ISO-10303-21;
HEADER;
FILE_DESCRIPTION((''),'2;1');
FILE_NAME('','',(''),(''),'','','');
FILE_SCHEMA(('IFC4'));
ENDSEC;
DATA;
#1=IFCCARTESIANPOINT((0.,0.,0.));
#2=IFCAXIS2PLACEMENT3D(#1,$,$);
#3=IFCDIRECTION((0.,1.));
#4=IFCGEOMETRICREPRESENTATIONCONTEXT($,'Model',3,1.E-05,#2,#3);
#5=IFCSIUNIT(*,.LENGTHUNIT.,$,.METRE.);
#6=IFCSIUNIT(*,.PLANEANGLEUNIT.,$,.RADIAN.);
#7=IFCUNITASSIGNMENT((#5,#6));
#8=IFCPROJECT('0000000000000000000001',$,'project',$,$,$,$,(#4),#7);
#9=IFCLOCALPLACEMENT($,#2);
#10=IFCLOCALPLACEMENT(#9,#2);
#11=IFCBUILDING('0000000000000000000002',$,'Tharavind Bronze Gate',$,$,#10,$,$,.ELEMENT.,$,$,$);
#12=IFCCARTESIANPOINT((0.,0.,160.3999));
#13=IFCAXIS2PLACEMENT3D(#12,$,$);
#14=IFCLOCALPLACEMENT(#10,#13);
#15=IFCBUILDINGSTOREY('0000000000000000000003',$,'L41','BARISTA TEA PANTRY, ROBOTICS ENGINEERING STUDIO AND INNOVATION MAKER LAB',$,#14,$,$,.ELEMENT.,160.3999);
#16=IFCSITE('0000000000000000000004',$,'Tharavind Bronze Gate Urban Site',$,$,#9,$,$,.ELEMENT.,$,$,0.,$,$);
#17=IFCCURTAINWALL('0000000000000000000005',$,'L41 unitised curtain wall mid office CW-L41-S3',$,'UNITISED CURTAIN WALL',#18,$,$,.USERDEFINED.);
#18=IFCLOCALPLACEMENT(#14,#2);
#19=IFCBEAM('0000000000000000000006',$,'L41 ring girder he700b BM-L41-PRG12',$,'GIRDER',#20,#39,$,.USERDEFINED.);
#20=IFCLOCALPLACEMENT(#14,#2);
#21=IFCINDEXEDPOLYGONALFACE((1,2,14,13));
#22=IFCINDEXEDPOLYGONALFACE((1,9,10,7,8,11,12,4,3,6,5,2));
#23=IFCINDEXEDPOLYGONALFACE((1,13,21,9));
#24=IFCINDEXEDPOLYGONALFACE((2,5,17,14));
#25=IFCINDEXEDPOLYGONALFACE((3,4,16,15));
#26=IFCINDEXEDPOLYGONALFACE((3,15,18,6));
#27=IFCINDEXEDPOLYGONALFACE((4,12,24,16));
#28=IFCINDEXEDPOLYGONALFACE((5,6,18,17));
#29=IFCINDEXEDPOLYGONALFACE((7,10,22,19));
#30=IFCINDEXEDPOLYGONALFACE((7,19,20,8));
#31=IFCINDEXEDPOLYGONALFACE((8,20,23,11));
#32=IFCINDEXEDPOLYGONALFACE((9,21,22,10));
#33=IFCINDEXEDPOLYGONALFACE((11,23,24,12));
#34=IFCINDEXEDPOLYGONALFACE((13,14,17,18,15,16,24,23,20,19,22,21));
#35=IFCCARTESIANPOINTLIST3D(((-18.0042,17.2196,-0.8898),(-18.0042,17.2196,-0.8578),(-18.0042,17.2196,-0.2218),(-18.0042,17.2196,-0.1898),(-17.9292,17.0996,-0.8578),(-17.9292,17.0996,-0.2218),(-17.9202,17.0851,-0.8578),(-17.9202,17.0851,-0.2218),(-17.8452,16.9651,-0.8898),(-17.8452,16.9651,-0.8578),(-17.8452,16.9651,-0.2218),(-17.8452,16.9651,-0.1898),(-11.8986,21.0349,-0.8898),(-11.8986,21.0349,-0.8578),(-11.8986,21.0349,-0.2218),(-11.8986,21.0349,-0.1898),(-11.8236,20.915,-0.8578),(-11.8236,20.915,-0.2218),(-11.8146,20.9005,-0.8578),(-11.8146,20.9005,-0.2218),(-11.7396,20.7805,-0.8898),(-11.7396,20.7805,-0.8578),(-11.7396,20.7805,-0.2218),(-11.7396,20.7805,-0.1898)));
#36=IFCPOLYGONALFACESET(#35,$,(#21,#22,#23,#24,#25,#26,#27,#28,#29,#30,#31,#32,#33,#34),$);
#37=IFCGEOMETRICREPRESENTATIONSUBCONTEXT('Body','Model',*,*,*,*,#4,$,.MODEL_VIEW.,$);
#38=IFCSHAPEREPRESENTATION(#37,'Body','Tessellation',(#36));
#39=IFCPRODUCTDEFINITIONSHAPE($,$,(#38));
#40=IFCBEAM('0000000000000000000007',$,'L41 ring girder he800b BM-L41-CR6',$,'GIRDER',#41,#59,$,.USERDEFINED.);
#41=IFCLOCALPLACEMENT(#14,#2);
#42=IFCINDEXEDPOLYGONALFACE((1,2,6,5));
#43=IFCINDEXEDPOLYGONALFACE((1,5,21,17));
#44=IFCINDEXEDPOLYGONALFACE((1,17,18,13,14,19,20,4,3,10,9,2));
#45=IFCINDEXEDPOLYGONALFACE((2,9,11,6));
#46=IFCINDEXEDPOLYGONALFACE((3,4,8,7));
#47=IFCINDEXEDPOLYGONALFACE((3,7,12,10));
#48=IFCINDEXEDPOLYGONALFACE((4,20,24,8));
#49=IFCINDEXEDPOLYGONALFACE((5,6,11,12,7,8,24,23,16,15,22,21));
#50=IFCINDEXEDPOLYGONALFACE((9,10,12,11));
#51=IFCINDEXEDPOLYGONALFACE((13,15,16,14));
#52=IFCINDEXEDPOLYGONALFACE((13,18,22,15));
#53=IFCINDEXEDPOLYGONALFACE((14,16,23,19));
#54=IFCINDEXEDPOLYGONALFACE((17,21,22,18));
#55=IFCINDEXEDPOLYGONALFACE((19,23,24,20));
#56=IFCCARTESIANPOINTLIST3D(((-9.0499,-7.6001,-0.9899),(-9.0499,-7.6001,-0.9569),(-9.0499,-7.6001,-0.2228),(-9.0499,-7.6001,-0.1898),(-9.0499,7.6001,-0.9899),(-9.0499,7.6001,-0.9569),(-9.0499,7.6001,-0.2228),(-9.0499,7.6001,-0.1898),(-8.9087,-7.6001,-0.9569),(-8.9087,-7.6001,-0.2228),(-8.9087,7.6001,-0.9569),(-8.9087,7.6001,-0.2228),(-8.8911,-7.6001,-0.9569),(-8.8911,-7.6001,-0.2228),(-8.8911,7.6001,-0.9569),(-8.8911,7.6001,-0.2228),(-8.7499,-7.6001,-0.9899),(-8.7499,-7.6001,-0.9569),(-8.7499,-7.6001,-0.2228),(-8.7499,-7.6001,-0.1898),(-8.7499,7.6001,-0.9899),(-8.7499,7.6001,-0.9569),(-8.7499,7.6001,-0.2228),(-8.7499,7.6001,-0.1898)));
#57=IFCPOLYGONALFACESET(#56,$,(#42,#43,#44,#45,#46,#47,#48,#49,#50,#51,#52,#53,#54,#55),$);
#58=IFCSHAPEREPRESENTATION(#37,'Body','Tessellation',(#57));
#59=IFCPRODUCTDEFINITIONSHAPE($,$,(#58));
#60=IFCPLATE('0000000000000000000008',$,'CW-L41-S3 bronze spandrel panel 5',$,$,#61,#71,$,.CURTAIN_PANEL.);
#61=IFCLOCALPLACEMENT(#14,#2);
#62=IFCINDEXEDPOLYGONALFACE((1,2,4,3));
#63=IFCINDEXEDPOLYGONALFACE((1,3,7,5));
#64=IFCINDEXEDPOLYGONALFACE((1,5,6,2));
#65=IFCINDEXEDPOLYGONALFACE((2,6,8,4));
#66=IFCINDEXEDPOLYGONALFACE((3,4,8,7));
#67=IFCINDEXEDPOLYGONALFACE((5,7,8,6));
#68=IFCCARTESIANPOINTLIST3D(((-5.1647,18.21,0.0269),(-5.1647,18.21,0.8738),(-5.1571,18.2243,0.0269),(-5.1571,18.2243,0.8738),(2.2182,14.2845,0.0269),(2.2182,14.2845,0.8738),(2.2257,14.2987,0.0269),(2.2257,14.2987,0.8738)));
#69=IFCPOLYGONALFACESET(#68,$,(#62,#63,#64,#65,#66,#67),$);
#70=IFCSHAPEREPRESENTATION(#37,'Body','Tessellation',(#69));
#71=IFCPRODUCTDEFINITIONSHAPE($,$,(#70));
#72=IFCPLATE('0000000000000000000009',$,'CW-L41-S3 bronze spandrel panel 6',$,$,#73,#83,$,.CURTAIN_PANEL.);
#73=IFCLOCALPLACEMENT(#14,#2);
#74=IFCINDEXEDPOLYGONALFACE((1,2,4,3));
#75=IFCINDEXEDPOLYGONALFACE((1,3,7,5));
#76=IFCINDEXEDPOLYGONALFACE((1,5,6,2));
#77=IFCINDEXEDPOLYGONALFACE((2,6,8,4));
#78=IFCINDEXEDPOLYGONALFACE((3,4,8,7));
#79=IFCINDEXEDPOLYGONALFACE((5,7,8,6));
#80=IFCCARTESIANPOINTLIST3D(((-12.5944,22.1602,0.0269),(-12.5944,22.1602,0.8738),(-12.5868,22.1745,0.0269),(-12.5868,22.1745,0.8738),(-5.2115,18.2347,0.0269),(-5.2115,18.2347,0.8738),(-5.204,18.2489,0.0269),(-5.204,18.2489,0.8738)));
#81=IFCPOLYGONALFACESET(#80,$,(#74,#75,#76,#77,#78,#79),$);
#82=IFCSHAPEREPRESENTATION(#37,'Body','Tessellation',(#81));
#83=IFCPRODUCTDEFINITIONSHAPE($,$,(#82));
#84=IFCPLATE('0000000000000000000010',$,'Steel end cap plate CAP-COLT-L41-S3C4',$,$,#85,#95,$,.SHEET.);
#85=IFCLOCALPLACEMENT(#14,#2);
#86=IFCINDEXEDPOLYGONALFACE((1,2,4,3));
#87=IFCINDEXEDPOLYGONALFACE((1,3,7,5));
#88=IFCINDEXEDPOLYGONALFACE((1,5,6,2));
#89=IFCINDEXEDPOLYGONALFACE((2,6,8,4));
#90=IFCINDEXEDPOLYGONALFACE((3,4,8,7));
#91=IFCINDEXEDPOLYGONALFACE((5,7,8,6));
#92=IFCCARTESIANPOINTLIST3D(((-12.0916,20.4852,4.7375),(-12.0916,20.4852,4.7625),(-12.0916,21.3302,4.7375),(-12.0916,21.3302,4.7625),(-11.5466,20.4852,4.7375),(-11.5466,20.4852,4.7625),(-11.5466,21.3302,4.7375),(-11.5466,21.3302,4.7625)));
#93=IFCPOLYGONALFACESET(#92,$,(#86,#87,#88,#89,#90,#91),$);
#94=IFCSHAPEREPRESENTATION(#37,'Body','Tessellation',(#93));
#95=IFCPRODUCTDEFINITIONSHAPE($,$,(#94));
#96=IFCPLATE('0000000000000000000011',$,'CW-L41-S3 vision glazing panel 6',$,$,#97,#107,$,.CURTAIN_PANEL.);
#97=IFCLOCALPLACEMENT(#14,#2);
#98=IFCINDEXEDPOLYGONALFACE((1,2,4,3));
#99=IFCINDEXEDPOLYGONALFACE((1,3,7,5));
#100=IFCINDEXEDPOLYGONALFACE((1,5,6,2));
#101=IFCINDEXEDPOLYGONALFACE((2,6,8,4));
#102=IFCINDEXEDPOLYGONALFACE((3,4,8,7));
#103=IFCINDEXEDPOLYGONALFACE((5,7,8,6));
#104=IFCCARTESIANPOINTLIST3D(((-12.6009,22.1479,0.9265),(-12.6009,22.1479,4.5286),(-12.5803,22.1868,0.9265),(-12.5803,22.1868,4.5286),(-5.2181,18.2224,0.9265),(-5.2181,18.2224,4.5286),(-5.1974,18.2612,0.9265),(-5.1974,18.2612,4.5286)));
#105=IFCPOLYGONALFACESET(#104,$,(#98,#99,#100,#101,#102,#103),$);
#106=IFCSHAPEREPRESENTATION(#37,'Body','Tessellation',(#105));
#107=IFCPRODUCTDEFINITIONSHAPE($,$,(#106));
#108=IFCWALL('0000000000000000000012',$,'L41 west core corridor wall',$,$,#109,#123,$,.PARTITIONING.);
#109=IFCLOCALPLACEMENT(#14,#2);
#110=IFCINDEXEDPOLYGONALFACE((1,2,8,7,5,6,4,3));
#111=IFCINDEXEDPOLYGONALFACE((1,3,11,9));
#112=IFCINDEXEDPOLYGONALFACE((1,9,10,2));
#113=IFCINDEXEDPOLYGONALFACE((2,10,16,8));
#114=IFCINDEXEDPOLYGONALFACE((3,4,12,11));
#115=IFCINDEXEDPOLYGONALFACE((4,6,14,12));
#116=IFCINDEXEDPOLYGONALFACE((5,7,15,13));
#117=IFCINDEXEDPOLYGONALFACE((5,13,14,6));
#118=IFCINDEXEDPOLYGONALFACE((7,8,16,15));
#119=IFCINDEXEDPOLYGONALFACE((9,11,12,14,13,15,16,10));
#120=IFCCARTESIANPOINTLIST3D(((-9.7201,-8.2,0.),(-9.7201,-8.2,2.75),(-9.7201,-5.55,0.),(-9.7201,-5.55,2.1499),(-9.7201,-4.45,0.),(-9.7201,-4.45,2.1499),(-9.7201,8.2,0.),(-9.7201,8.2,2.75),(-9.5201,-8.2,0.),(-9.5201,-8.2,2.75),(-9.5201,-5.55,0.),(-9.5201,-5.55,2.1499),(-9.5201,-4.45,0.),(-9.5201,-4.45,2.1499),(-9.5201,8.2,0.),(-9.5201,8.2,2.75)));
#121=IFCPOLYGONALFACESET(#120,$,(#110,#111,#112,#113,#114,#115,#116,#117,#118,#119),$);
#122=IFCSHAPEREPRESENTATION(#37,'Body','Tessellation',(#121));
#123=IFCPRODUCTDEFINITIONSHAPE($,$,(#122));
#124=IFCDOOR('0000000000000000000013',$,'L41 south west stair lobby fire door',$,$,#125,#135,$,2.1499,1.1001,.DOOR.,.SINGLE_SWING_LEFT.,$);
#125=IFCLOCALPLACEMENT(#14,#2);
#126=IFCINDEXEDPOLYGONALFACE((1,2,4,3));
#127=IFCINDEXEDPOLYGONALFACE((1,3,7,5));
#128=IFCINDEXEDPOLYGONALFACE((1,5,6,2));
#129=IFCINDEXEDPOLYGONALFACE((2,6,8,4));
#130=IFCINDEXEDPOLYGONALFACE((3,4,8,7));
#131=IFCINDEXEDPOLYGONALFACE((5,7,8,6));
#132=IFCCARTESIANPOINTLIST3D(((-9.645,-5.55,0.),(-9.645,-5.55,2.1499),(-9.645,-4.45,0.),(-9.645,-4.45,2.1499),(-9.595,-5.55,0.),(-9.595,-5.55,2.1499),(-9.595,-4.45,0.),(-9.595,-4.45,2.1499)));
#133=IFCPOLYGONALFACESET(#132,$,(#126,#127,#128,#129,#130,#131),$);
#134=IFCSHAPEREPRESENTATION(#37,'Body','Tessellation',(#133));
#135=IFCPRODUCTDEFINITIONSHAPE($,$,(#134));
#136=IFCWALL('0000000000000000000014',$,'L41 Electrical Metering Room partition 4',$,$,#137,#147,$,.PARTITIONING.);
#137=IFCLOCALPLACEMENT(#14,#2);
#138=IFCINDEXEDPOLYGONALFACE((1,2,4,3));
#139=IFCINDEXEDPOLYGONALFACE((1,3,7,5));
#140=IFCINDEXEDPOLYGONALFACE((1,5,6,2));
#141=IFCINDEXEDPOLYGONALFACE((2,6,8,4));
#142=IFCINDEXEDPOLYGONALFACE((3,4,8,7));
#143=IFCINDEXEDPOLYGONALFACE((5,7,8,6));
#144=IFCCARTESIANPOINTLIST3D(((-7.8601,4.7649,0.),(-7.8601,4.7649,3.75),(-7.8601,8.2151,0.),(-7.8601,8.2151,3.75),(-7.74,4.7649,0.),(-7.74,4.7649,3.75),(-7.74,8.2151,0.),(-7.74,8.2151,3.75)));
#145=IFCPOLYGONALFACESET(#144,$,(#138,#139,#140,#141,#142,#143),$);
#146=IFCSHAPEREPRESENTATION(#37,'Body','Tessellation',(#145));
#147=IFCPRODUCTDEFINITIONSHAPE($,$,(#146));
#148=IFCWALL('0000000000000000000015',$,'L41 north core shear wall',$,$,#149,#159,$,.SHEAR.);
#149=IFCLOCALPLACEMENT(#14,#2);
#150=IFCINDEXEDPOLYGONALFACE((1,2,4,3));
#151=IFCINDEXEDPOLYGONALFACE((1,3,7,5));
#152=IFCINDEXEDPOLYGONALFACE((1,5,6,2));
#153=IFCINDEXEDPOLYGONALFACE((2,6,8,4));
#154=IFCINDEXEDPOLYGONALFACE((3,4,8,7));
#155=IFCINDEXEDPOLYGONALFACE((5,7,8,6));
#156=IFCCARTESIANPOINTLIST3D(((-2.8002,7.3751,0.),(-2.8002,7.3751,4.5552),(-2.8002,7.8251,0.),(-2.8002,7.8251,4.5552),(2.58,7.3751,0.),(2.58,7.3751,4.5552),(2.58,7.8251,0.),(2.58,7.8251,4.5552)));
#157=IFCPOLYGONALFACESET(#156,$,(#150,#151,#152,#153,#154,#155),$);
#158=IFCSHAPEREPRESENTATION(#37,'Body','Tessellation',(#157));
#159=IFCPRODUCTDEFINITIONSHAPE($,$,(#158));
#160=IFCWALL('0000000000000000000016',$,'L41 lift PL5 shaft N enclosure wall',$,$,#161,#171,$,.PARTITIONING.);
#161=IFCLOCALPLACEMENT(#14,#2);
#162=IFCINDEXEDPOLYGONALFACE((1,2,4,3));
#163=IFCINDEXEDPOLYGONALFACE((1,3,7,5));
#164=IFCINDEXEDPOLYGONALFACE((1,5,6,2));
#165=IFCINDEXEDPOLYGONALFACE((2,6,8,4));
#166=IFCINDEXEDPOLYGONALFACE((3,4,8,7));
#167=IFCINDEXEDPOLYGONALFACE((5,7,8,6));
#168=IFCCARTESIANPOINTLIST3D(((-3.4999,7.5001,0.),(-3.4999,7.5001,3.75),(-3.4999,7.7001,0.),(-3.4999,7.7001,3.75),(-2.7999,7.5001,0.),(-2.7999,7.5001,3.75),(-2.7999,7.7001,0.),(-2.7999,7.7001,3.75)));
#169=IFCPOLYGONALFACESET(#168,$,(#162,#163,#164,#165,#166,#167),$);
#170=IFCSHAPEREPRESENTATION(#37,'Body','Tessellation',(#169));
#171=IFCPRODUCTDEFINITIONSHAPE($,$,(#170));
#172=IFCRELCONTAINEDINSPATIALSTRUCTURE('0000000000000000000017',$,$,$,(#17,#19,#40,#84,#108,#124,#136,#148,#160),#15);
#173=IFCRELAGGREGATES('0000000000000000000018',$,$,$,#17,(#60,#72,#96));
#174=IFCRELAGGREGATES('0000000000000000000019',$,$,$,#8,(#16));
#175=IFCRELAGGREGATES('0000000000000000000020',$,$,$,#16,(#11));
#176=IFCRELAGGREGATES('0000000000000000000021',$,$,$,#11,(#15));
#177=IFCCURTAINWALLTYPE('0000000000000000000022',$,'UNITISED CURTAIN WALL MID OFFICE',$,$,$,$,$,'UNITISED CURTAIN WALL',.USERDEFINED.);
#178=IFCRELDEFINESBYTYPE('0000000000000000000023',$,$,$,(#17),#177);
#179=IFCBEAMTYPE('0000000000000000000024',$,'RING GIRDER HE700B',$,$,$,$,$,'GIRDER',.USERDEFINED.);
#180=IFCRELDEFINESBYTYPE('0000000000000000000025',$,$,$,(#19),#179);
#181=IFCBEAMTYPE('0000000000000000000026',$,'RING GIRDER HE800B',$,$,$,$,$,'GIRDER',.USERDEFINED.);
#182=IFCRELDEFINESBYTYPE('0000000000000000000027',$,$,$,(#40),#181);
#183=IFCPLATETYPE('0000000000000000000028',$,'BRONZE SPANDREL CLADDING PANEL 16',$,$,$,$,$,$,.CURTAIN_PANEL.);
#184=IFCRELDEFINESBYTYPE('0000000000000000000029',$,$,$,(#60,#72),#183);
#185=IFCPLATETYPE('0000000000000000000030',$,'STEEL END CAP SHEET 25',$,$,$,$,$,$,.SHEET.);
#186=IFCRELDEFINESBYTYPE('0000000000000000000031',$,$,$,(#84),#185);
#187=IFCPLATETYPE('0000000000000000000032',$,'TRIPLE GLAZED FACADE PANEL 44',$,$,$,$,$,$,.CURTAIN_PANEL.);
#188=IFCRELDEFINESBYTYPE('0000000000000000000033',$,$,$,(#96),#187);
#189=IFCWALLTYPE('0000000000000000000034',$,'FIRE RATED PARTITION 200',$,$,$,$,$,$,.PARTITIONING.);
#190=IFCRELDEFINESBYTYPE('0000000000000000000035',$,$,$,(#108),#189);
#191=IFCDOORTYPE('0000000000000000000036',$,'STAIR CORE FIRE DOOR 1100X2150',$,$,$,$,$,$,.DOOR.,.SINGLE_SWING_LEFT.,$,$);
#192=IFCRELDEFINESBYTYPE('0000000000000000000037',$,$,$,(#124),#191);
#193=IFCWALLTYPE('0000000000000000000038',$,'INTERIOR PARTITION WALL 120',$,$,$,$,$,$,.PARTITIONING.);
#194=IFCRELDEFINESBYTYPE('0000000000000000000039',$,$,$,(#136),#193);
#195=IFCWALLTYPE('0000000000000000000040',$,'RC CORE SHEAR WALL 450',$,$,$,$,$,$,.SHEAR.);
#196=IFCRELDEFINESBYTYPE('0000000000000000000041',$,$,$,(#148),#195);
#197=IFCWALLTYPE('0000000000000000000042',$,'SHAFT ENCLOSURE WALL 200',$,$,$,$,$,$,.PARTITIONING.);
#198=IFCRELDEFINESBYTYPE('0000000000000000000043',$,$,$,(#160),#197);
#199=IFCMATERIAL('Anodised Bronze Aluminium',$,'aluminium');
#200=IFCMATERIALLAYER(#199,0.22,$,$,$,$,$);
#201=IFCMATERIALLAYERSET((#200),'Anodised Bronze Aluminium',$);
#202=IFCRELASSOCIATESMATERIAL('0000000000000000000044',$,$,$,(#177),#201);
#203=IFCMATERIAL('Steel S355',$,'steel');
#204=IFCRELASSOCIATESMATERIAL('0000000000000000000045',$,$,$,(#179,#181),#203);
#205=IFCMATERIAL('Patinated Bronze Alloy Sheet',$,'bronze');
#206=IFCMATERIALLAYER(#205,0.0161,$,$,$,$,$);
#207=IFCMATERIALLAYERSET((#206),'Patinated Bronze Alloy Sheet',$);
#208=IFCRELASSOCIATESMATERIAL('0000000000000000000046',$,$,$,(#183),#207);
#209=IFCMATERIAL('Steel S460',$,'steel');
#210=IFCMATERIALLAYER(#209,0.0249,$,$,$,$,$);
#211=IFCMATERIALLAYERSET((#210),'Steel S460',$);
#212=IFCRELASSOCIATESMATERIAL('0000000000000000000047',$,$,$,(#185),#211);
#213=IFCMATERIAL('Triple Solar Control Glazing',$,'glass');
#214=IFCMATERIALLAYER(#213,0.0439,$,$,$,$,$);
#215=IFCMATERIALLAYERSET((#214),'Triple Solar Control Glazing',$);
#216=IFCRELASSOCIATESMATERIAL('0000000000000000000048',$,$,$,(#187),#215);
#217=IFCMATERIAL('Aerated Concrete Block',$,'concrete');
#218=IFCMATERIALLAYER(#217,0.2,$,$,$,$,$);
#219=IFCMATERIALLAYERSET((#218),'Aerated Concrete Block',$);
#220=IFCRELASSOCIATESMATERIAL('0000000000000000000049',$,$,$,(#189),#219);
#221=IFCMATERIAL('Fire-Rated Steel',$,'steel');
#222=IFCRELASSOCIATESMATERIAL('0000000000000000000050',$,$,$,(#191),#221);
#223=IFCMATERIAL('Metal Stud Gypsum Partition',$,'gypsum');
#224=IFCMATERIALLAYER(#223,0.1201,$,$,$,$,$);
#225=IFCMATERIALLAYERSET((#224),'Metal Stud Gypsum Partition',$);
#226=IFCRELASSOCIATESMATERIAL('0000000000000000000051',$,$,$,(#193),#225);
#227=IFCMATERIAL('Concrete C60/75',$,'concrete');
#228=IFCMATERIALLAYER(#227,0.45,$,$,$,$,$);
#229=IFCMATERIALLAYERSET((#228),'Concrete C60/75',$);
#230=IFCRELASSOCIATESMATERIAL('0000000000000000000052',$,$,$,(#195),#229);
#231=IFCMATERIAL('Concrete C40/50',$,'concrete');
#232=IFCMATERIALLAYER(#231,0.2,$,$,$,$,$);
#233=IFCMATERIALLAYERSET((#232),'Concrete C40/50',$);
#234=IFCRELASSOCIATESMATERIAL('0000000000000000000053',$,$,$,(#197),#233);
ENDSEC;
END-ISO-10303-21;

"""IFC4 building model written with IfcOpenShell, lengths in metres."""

from ifc_helpers import new_model, si_unit, direction, frame, frame_2d, origin, origin_2d, place, context, subcontext, project, spatial, rectangle, i_section, extrude, material, layer, layer_set, material_profile, profile_set, type_object, element, fill, aggregate, save


model = new_model("IFC4")

# Units and contexts
model_context = context("Model", 3, precision=1e-05, world=origin(), true_north=direction((0.0, 1.0)))
body_context = subcontext(model_context, "Body", "Model", "MODEL_VIEW")
ifc_project = project(units=[si_unit("LENGTHUNIT", "METRE"), si_unit("PLANEANGLEUNIT", "RADIAN")], contexts=[model_context])

# Site, building, storey
site_placement = place(None, origin())
site = spatial("IfcSite", under=ifc_project, at=site_placement, Name="Tharavind Bronze Gate Urban Site", CompositionType="ELEMENT", RefElevation=0.0)
building_placement = place(site_placement, origin())
building = spatial("IfcBuilding", under=site, at=building_placement, Name="Tharavind Bronze Gate", CompositionType="ELEMENT")
storey_placement = place(building_placement, frame((0.0, 0.0, 160.3999)))
storey = spatial("IfcBuildingStorey", under=building, at=storey_placement, Name="L41", Description="BARISTA TEA PANTRY, ROBOTICS ENGINEERING STUDIO AND INNOVATION MAKER LAB", CompositionType="ELEMENT", Elevation=160.3999)

# Shared definitions
ifc_material_1 = material(Name="Steel S460", Category="steel")
ifc_material_2 = material(Name="Concrete C60/75", Category="concrete")

# Curtain wall
ifc_material_3 = material(Name="Anodised Bronze Aluminium", Category="aluminium")
ifc_layer_1 = layer(ifc_material_3, 0.22)
ifc_layer_set_1 = layer_set([ifc_layer_1], Name="Anodised Bronze Aluminium")
curtain_wall_type = type_object("IfcCurtainWallType", Name="UNITISED CURTAIN WALL MID OFFICE", ElementType="UNITISED CURTAIN WALL", PredefinedType="USERDEFINED", material=ifc_layer_set_1)
curtain_wall_placement = place(storey_placement, origin())
curtain_wall = element("IfcCurtainWall", 1, at=curtain_wall_placement, inside=storey, type_object=curtain_wall_type, Name="L41 unitised curtain wall mid office CW-L41-S3", ObjectType="UNITISED CURTAIN WALL", PredefinedType="USERDEFINED")

# Beams
ifc_material_4 = material(Name="Steel S355", Category="steel")
ifc_material_profile_1 = material_profile(ifc_material_4, i_section(OverallWidth=0.3, OverallDepth=0.7, WebThickness=0.0171, FlangeThickness=0.032, at=origin_2d()), Name="HE700B")
ifc_profile_set_1 = profile_set([ifc_material_profile_1], Name="Steel S355")
beam_type_1 = type_object("IfcBeamType", Name="RING GIRDER HE700B", ElementType="GIRDER", PredefinedType="USERDEFINED", material=ifc_profile_set_1)
beam_1_placement = place(storey_placement, frame((-11.8191, 20.9077, -0.5398), z_axis=(-0.848038, -0.529935, 0.0), x_axis=(0.529935, -0.848038, 0.0)))
element("IfcBeam", 2, at=beam_1_placement, inside=storey, type_object=beam_type_1, Name="L41 ring girder he700b BM-L41-PRG12", ObjectType="GIRDER", PredefinedType="USERDEFINED", context=body_context, shape_type="SweptSolid", body=[
    extrude(i_section(OverallWidth=0.3, OverallDepth=0.7, WebThickness=0.0171, FlangeThickness=0.032, at=origin_2d()), origin(), (0.0, 0.0, 1.0), 7.1997),
])
ifc_material_profile_2 = material_profile(ifc_material_4, i_section(OverallWidth=0.3, OverallDepth=0.8, WebThickness=0.0176, FlangeThickness=0.033, at=origin_2d()), Name="HE800B")
ifc_profile_set_2 = profile_set([ifc_material_profile_2], Name="Steel S355")
beam_type_2 = type_object("IfcBeamType", Name="RING GIRDER HE800B", ElementType="GIRDER", PredefinedType="USERDEFINED", material=ifc_profile_set_2)
beam_2_placement = place(storey_placement, frame((-8.8999, 7.6001, -0.5898), z_axis=(0.0, -1.0, 0.0), x_axis=(1.0, 0.0, 0.0)))
element("IfcBeam", 3, at=beam_2_placement, inside=storey, type_object=beam_type_2, Name="L41 ring girder he800b BM-L41-CR6", ObjectType="GIRDER", PredefinedType="USERDEFINED", context=body_context, shape_type="SweptSolid", body=[
    extrude(i_section(OverallWidth=0.3, OverallDepth=0.8, WebThickness=0.0176, FlangeThickness=0.033, at=origin_2d()), origin(), (0.0, 0.0, 1.0), 15.2002),
])

# Plates
ifc_material_5 = material(Name="Patinated Bronze Alloy Sheet", Category="bronze")
ifc_layer_2 = layer(ifc_material_5, 0.0161)
ifc_layer_set_2 = layer_set([ifc_layer_2], Name="Patinated Bronze Alloy Sheet")
plate_type_1 = type_object("IfcPlateType", Name="BRONZE SPANDREL CLADDING PANEL 16", PredefinedType="CURTAIN_PANEL", material=ifc_layer_set_2)
plate_1_placement = place(storey_placement, frame((-1.4695, 16.2544, 0.0269), z_axis=(0.0, 0.0, 1.0), x_axis=(-0.882948, 0.469472, 0.0)))
plate_1 = element("IfcPlate", 4, at=plate_1_placement, type_object=plate_type_1, Name="CW-L41-S3 bronze spandrel panel 5", PredefinedType="CURTAIN_PANEL", context=body_context, shape_type="SweptSolid", body=[
    extrude(rectangle(XDim=8.3616, YDim=0.0161, at=origin_2d()), origin(), (0.0, 0.0, 1.0), 0.8469),
])
plate_2_placement = place(storey_placement, frame((-8.8992, 20.2046, 0.0269), z_axis=(0.0, 0.0, 1.0), x_axis=(-0.882948, 0.469472, 0.0)))
plate_2 = element("IfcPlate", 5, at=plate_2_placement, type_object=plate_type_1, Name="CW-L41-S3 bronze spandrel panel 6", PredefinedType="CURTAIN_PANEL", context=body_context, shape_type="SweptSolid", body=[
    extrude(rectangle(XDim=8.3616, YDim=0.0161, at=origin_2d()), origin(), (0.0, 0.0, 1.0), 0.8469),
])
ifc_layer_3 = layer(ifc_material_1, 0.0249)
ifc_layer_set_3 = layer_set([ifc_layer_3], Name="Steel S460")
plate_type_2 = type_object("IfcPlateType", Name="STEEL END CAP SHEET 25", PredefinedType="SHEET", material=ifc_layer_set_3)
plate_3_placement = place(storey_placement, frame((-11.8191, 20.9077, 4.7375), z_axis=(0.0, 0.0, 1.0), x_axis=(1.0, 0.0, 0.0)))
element("IfcPlate", 6, at=plate_3_placement, inside=storey, type_object=plate_type_2, Name="Steel end cap plate CAP-COLT-L41-S3C4", PredefinedType="SHEET", context=body_context, shape_type="SweptSolid", body=[
    extrude(rectangle(XDim=0.5449, YDim=0.845, at=origin_2d()), origin(), (0.0, 0.0, 1.0), 0.0249),
])
ifc_material_6 = material(Name="Triple Solar Control Glazing", Category="glass")
ifc_layer_4 = layer(ifc_material_6, 0.0439)
ifc_layer_set_4 = layer_set([ifc_layer_4], Name="Triple Solar Control Glazing")
plate_type_3 = type_object("IfcPlateType", Name="TRIPLE GLAZED FACADE PANEL 44", PredefinedType="CURTAIN_PANEL", material=ifc_layer_set_4)
plate_4_placement = place(storey_placement, frame((-8.8992, 20.2046, 0.9265), z_axis=(0.0, 0.0, 1.0), x_axis=(-0.882948, 0.469472, 0.0)))
plate_4 = element("IfcPlate", 7, at=plate_4_placement, type_object=plate_type_3, Name="CW-L41-S3 vision glazing panel 6", PredefinedType="CURTAIN_PANEL", context=body_context, shape_type="SweptSolid", body=[
    extrude(rectangle(XDim=8.3616, YDim=0.0439, at=origin_2d()), origin(), (0.0, 0.0, 1.0), 3.6021),
])
aggregate(curtain_wall, [plate_1, plate_2, plate_4])

# Wall, opening, door
ifc_material_7 = material(Name="Aerated Concrete Block", Category="concrete")
ifc_layer_5 = layer(ifc_material_7, 0.2)
ifc_layer_set_5 = layer_set([ifc_layer_5], Name="Aerated Concrete Block")
wall_type_1 = type_object("IfcWallType", Name="FIRE RATED PARTITION 200", PredefinedType="PARTITIONING", material=ifc_layer_set_5)
wall_1_placement = place(storey_placement, frame((-9.6201, 8.2, 0.0), z_axis=(0.0, 0.0, 1.0), x_axis=(0.0, -1.0, 0.0)))
wall_1 = element("IfcWall", 8, at=wall_1_placement, inside=storey, type_object=wall_type_1, Name="L41 west core corridor wall", PredefinedType="PARTITIONING", context=body_context, shape_type="SweptSolid", body=[
    extrude(rectangle(XDim=16.3999, YDim=0.2, at=frame_2d((8.2, 0.0))), origin(), (0.0, 0.0, 1.0), 2.75),
])
opening_placement = place(wall_1_placement, frame((12.6499, 0.0, 0.0)))
opening = element("IfcOpeningElement", 9, at=opening_placement, cuts=wall_1, PredefinedType="OPENING", context=body_context, shape_type="SweptSolid", body=[
    extrude(rectangle(XDim=1.1001, YDim=2.1499, at=frame_2d((0.55, 1.075))), frame((0.0, 0.1101, 0.0), z_axis=(0.0, -1.0, 0.0), x_axis=(1.0, 0.0, 0.0)), (0.0, 0.0, 1.0), 0.22),
])
ifc_material_8 = material(Name="Fire-Rated Steel", Category="steel")
door_type = type_object("IfcDoorType", Name="STAIR CORE FIRE DOOR 1100X2150", OperationType="SINGLE_SWING_LEFT", PredefinedType="DOOR", material=ifc_material_8)
door_placement = place(opening_placement, frame((1.1001, 0.0, 0.0), z_axis=(0.0, 0.0, 1.0), x_axis=(-1.0, 0.0, 0.0)))
door = element("IfcDoor", 10, at=door_placement, inside=storey, type_object=door_type, Name="L41 south west stair lobby fire door", OperationType="SINGLE_SWING_LEFT", OverallHeight=2.1499, OverallWidth=1.1001, PredefinedType="DOOR", context=body_context, shape_type="SweptSolid", body=[
    extrude(rectangle(XDim=1.1001, YDim=2.1499, at=frame_2d((0.55, 1.075))), frame((0.0, 0.0249, 0.0), z_axis=(0.0, -1.0, 0.0), x_axis=(1.0, 0.0, 0.0)), (0.0, 0.0, 1.0), 0.05),
])
fill(opening, door)

# Walls
ifc_material_9 = material(Name="Metal Stud Gypsum Partition", Category="gypsum")
ifc_layer_6 = layer(ifc_material_9, 0.1201)
ifc_layer_set_6 = layer_set([ifc_layer_6], Name="Metal Stud Gypsum Partition")
wall_type_2 = type_object("IfcWallType", Name="INTERIOR PARTITION WALL 120", PredefinedType="PARTITIONING", material=ifc_layer_set_6)
wall_2_placement = place(storey_placement, frame((-7.8, 8.2151, 0.0), z_axis=(0.0, 0.0, 1.0), x_axis=(0.0, -1.0, 0.0)))
element("IfcWall", 11, at=wall_2_placement, inside=storey, type_object=wall_type_2, Name="L41 Electrical Metering Room partition 4", PredefinedType="PARTITIONING", context=body_context, shape_type="SweptSolid", body=[
    extrude(rectangle(XDim=3.4502, YDim=0.1201, at=frame_2d((1.7251, 0.0))), origin(), (0.0, 0.0, 1.0), 3.75),
])
ifc_layer_7 = layer(ifc_material_2, 0.45)
ifc_layer_set_7 = layer_set([ifc_layer_7], Name="Concrete C60/75")
wall_type_3 = type_object("IfcWallType", Name="RC CORE SHEAR WALL 450", PredefinedType="SHEAR", material=ifc_layer_set_7)
wall_3_placement = place(storey_placement, frame((-2.8, 7.6001, 0.0), z_axis=(0.0, 0.0, 1.0), x_axis=(1.0, 0.0, 0.0)))
element("IfcWall", 12, at=wall_3_placement, inside=storey, type_object=wall_type_3, Name="L41 north core shear wall", PredefinedType="SHEAR", context=body_context, shape_type="SweptSolid", body=[
    extrude(rectangle(XDim=5.3801, YDim=0.45, at=frame_2d((2.6899, 0.0))), origin(), (0.0, 0.0, 1.0), 4.5552),
])
ifc_material_10 = material(Name="Concrete C40/50", Category="concrete")
ifc_layer_8 = layer(ifc_material_10, 0.2)
ifc_layer_set_8 = layer_set([ifc_layer_8], Name="Concrete C40/50")
wall_type_4 = type_object("IfcWallType", Name="SHAFT ENCLOSURE WALL 200", PredefinedType="PARTITIONING", material=ifc_layer_set_8)
wall_4_placement = place(storey_placement, frame((-3.5, 7.6001, 0.0), z_axis=(0.0, 0.0, 1.0), x_axis=(1.0, 0.0, 0.0)))
element("IfcWall", 13, at=wall_4_placement, inside=storey, type_object=wall_type_4, Name="L41 lift PL5 shaft N enclosure wall", PredefinedType="PARTITIONING", context=body_context, shape_type="SweptSolid", body=[
    extrude(rectangle(XDim=0.7, YDim=0.2, at=frame_2d((0.3501, 0.0))), origin(), (0.0, 0.0, 1.0), 3.75),
])

save(model, "model.ifc")
